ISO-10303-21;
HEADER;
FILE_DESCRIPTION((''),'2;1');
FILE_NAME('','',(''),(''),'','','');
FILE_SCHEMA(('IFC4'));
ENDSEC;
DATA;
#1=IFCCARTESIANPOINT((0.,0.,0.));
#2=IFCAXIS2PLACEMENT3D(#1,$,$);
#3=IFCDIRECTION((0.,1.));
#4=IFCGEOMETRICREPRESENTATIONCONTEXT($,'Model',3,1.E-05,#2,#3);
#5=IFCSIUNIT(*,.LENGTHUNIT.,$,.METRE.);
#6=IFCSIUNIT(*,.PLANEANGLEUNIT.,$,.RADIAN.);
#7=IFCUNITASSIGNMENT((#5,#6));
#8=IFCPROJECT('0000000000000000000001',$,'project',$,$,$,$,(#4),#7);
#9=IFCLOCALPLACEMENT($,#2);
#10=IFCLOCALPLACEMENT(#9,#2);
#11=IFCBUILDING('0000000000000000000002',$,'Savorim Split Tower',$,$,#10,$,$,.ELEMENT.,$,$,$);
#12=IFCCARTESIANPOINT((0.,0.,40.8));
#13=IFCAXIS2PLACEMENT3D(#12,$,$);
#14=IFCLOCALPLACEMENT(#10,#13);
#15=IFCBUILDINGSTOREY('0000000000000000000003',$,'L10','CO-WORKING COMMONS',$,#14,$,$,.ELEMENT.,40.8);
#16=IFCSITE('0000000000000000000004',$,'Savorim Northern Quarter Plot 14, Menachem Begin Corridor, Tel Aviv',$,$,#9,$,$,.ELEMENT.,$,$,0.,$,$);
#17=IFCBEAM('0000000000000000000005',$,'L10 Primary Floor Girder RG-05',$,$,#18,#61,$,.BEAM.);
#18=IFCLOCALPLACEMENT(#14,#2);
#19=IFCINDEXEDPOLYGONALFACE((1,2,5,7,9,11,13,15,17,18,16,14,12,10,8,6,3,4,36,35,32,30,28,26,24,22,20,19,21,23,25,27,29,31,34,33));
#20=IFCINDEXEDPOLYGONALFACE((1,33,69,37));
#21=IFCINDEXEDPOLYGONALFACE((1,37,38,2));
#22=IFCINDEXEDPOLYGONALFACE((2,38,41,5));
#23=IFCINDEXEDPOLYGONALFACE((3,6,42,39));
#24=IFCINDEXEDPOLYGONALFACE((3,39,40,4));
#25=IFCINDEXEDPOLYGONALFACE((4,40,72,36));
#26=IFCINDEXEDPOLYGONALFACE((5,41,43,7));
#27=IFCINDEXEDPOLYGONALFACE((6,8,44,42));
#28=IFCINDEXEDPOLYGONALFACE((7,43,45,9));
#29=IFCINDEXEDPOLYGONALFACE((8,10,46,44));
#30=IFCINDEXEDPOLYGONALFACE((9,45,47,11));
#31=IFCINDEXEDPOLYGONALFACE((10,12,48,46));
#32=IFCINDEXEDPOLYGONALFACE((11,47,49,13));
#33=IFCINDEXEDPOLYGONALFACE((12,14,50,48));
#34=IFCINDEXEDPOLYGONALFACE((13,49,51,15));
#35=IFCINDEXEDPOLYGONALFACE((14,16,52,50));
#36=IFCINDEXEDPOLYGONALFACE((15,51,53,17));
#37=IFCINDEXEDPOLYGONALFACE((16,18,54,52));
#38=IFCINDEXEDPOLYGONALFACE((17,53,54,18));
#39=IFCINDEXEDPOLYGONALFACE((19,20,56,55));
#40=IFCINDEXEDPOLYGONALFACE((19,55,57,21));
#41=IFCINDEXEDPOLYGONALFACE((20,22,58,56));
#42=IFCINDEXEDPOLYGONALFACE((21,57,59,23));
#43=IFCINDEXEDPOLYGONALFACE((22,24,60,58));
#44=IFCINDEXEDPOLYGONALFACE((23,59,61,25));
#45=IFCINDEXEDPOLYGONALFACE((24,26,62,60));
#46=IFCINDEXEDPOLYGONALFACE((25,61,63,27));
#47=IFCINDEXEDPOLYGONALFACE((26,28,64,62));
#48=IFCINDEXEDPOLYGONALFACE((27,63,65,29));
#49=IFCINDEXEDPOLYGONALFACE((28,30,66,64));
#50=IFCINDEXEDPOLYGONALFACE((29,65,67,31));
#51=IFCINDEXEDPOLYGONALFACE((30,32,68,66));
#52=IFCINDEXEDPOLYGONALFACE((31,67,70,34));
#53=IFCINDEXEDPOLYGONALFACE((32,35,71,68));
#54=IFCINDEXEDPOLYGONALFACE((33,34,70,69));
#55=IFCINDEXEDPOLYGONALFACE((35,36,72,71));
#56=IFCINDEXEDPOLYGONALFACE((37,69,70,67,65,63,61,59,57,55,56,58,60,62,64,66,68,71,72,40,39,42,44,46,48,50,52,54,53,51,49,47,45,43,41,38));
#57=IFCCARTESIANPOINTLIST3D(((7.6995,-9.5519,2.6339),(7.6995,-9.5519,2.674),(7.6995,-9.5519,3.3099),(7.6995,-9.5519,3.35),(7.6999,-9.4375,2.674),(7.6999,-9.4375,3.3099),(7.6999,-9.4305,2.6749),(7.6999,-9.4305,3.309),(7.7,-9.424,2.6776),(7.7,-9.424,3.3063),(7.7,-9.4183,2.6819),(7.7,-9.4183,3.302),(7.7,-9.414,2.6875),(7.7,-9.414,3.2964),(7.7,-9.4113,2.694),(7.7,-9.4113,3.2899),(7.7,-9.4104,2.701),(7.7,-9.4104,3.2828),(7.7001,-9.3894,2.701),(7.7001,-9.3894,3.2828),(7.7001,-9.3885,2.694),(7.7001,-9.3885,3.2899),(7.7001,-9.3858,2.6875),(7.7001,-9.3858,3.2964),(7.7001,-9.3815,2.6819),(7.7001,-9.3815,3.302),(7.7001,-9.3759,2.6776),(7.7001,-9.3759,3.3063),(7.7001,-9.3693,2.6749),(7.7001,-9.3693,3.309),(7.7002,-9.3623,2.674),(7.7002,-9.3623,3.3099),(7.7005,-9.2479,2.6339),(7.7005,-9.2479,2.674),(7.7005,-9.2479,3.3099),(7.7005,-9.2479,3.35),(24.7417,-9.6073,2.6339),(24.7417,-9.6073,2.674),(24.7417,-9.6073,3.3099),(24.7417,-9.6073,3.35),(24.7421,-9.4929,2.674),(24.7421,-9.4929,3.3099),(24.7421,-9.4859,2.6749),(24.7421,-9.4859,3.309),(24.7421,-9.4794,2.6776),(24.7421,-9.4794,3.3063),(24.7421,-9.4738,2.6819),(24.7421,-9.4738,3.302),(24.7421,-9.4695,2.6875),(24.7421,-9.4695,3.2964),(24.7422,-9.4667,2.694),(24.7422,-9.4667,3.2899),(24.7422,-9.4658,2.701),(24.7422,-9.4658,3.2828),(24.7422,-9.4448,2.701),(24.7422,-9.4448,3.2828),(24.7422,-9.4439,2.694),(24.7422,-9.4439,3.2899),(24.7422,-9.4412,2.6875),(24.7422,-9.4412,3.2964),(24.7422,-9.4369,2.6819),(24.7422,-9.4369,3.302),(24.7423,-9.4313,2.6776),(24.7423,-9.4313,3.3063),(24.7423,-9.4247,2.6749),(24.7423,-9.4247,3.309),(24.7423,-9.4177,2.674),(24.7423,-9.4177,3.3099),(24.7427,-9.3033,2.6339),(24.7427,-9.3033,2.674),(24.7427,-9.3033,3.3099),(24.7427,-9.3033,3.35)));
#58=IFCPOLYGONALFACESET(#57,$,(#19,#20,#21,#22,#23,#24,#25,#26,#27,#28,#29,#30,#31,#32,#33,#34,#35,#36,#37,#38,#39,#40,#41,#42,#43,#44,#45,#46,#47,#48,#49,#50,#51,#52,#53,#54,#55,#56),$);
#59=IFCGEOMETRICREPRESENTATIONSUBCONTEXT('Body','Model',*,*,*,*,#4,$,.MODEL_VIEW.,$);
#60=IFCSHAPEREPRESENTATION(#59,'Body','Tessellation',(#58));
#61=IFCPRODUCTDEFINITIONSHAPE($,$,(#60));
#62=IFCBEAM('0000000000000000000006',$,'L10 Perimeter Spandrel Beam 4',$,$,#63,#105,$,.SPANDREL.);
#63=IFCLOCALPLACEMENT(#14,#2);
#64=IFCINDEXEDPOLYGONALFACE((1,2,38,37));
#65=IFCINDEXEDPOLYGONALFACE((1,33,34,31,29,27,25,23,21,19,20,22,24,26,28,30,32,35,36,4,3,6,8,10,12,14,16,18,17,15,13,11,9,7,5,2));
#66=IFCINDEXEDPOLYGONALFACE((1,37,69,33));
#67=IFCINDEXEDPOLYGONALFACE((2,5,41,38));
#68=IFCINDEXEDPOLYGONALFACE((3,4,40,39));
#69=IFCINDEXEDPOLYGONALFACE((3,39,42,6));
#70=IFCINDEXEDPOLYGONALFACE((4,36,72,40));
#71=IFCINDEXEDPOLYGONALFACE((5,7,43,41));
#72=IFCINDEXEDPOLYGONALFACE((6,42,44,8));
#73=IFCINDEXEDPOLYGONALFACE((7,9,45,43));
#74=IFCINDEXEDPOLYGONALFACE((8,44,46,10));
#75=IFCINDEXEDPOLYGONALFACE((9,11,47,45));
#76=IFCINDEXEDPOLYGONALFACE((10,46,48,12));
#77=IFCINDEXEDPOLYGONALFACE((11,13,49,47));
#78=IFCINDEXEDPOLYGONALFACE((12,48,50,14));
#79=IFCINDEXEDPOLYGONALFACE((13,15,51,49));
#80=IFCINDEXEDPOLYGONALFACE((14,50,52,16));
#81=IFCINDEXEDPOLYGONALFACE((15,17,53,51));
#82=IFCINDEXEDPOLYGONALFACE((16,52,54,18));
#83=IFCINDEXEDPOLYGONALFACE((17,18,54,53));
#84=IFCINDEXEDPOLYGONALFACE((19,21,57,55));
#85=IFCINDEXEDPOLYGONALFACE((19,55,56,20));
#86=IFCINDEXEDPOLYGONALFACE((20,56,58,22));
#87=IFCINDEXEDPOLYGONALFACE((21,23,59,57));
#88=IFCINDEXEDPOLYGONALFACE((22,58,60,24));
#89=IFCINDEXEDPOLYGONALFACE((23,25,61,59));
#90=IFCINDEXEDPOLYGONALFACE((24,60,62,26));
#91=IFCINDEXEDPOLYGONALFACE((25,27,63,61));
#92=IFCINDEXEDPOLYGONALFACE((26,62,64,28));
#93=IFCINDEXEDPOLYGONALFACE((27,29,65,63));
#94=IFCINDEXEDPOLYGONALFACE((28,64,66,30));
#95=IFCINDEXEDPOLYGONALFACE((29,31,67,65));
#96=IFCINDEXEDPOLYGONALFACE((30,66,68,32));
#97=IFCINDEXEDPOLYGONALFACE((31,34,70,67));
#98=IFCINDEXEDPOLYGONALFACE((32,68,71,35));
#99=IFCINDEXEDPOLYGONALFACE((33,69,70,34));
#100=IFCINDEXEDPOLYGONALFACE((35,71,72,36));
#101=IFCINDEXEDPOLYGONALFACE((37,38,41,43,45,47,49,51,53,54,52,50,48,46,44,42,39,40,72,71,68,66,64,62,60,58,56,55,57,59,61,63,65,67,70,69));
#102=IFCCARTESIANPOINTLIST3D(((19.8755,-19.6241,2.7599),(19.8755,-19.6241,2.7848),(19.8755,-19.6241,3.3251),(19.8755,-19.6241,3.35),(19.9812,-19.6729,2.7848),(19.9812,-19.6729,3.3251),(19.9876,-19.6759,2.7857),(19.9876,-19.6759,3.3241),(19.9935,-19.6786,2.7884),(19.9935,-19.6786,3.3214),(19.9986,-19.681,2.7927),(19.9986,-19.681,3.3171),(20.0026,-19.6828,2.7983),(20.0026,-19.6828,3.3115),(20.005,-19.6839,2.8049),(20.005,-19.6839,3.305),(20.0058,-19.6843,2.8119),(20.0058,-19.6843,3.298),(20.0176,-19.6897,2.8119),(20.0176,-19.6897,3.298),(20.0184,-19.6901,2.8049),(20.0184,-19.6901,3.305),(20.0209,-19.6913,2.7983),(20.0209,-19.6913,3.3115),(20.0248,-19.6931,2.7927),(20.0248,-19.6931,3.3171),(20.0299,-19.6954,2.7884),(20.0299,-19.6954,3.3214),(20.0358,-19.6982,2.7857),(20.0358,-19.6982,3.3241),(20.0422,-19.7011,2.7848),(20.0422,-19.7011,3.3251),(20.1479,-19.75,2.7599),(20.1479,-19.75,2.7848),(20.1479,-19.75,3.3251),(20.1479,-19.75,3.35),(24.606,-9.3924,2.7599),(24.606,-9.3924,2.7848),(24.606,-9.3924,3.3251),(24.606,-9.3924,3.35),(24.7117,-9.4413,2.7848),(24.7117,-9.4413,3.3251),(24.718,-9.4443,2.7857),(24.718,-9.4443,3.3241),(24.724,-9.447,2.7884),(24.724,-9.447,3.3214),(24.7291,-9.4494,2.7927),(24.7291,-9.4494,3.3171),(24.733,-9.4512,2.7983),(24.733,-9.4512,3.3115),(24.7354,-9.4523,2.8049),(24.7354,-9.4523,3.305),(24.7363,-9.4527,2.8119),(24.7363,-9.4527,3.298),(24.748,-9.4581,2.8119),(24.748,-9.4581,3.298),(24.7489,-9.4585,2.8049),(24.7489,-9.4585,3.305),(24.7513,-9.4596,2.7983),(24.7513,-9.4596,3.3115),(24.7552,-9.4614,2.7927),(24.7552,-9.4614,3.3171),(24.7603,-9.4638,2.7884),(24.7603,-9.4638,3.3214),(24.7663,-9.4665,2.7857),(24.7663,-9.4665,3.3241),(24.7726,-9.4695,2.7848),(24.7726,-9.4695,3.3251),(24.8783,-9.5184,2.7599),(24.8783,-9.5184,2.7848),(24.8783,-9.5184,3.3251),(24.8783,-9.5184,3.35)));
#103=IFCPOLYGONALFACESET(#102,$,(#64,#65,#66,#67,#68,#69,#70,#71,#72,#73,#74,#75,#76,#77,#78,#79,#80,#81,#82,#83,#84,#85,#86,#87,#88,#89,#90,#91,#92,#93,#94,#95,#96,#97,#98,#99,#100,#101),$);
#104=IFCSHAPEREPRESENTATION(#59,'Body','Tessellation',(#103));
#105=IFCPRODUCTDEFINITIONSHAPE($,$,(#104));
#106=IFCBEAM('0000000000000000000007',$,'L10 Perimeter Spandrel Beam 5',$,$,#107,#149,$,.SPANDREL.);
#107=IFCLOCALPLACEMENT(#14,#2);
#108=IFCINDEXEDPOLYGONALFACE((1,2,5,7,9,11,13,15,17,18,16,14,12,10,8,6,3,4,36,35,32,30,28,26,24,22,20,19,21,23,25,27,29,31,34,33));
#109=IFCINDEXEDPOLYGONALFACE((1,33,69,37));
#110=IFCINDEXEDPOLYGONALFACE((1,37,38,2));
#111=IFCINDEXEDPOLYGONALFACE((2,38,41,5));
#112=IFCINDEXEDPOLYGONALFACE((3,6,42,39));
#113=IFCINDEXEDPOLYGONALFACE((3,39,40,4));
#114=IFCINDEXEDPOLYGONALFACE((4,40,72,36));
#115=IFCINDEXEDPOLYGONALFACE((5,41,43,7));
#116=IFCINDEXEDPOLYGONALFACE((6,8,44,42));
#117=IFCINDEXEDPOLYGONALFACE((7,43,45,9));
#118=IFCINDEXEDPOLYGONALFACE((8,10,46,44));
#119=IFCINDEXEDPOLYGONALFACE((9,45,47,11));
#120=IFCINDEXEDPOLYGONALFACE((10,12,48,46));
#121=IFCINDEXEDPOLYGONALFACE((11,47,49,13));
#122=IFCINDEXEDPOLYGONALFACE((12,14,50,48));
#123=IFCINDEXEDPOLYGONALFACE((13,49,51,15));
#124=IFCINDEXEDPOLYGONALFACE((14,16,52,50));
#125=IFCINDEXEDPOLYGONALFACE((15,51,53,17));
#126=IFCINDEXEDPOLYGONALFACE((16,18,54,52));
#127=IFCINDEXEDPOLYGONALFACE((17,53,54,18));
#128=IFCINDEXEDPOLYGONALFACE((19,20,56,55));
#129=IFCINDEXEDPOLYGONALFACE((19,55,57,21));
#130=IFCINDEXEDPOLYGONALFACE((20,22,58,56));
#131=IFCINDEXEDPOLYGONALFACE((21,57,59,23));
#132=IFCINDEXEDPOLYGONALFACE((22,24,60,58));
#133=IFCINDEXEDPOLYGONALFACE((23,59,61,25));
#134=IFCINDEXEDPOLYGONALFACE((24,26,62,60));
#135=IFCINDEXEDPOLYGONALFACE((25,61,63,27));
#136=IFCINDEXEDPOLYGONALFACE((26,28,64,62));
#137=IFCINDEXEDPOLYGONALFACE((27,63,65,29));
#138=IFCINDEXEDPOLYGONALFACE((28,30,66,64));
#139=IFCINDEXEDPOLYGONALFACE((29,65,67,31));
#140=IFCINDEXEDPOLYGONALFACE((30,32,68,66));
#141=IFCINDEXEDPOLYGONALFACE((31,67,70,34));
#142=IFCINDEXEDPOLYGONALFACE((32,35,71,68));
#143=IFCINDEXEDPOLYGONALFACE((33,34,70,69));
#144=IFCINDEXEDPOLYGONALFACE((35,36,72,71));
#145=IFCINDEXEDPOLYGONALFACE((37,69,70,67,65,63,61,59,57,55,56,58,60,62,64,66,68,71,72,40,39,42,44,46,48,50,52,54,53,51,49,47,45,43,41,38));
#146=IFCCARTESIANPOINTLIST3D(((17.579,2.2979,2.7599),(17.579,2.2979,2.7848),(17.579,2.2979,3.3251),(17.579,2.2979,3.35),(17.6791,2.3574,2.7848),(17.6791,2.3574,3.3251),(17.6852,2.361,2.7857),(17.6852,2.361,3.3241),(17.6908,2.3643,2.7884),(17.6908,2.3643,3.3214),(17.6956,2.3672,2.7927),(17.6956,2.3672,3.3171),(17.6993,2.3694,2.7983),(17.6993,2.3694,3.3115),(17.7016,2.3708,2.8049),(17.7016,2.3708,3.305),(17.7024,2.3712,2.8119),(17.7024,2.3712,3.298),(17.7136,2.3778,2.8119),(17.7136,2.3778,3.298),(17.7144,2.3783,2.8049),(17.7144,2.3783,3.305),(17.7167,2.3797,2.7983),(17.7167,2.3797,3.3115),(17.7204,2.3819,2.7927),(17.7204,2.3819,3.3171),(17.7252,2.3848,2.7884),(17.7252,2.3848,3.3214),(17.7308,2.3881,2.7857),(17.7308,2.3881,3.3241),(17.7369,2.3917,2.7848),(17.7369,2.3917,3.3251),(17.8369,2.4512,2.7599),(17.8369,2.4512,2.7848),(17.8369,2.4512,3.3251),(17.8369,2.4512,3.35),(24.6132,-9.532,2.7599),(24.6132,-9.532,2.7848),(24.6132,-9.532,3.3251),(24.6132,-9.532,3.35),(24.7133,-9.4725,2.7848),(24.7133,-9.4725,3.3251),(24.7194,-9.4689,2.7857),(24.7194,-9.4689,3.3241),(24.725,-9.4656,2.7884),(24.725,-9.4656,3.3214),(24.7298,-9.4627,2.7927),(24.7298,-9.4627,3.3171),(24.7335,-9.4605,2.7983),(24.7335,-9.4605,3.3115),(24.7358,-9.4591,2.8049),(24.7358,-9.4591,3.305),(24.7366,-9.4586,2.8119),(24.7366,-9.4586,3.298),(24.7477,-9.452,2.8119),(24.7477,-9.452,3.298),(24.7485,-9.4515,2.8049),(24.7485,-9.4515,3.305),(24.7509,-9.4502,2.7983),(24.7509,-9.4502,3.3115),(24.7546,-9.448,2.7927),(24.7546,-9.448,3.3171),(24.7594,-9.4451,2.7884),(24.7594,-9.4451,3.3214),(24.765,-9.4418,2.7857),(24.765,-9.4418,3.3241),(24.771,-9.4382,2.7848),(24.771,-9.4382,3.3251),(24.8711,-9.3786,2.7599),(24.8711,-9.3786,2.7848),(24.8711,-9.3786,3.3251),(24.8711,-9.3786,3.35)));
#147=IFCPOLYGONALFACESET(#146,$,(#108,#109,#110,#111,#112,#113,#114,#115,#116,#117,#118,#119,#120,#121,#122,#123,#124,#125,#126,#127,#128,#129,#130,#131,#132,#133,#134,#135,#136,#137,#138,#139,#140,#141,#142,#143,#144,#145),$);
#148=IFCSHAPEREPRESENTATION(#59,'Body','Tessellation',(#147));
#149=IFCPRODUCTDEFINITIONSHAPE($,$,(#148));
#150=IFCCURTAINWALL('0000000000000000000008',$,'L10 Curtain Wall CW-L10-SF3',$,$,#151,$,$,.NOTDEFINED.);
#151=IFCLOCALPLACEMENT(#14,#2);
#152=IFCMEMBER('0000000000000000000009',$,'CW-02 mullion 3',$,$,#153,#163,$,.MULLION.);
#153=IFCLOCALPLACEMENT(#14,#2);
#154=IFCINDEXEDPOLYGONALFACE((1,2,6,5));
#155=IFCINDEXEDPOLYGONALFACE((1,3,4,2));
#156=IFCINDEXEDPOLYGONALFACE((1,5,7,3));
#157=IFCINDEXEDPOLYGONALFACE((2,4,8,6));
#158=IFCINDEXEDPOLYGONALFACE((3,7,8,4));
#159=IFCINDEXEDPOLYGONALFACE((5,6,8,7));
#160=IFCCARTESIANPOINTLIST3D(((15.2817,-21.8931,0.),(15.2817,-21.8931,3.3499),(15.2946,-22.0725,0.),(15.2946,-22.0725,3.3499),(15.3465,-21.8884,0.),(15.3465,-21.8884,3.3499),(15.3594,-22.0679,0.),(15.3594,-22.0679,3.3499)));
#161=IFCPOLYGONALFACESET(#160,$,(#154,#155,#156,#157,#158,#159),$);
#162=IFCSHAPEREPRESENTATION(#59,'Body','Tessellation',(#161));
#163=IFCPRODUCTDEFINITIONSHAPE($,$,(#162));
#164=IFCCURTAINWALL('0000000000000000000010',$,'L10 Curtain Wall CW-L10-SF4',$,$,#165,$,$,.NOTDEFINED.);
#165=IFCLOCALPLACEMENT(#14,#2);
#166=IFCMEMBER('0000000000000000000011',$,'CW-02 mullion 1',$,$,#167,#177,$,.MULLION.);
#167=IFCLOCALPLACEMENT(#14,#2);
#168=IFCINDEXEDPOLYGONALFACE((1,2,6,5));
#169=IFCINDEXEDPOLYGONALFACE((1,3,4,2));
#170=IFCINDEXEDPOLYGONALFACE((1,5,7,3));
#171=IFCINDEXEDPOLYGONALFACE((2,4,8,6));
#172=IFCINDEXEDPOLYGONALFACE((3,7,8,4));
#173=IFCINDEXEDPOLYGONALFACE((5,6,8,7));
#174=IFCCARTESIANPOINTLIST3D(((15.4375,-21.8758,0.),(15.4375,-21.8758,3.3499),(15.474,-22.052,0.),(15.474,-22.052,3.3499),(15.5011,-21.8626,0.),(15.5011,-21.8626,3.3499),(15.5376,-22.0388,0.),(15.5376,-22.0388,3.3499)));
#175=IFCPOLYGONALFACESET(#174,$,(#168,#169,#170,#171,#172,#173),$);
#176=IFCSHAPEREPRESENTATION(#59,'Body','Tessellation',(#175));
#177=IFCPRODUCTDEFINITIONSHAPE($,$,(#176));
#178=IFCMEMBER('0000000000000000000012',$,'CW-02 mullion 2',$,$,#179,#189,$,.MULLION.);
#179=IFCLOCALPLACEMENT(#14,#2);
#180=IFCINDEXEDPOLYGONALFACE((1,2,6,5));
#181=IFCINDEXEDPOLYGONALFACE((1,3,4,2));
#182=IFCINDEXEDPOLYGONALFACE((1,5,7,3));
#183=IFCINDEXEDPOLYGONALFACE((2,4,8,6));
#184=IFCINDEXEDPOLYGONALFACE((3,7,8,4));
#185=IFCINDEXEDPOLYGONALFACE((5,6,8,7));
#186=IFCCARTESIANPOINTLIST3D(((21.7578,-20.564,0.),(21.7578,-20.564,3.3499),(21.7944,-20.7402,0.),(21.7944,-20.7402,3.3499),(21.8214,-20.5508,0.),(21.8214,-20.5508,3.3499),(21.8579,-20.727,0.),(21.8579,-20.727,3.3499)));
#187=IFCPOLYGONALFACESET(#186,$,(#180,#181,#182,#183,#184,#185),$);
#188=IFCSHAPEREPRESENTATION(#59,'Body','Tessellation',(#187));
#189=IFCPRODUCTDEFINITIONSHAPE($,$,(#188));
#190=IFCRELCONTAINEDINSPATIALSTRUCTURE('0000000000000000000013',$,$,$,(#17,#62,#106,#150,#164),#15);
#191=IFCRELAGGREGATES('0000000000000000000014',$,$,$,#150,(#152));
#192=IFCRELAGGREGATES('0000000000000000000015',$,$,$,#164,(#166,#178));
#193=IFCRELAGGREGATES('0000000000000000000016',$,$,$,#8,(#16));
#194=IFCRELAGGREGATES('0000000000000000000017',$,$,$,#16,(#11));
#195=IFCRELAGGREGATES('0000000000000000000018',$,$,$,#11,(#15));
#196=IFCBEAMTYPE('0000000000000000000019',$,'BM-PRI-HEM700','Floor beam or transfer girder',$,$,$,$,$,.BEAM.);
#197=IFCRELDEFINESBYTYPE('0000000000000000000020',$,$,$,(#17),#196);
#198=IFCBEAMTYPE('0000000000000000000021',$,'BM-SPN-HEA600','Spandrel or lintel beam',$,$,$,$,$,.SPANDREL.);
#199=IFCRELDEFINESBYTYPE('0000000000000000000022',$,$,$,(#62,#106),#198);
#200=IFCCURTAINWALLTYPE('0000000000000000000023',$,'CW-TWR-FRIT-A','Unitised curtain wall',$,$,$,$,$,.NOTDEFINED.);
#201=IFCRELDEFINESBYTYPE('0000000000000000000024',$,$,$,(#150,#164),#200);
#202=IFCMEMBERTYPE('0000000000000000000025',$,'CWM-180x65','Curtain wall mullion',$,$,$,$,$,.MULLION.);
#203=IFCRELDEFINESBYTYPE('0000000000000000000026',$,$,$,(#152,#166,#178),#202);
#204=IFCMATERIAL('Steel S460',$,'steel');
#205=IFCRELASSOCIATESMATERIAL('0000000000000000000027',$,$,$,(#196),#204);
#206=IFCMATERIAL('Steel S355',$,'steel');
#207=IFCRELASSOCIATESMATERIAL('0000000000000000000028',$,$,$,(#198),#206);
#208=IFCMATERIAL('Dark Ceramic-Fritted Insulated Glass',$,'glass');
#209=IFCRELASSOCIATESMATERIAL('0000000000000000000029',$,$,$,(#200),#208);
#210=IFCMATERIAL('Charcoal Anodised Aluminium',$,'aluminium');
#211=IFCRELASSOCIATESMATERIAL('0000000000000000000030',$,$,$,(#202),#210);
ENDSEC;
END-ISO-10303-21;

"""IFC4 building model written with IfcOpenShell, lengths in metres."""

from ifc_helpers import new_model, si_unit, direction, frame, origin, origin_2d, place, context, subcontext, project, spatial, rectangle, i_section, extrude, material, material_profile, profile_set, type_object, element, aggregate, save


model = new_model("IFC4")

# Units and contexts
model_context = context("Model", 3, precision=1e-05, world=origin(), true_north=direction((0.0, 1.0)))
body_context = subcontext(model_context, "Body", "Model", "MODEL_VIEW")
ifc_project = project(units=[si_unit("LENGTHUNIT", "METRE"), si_unit("PLANEANGLEUNIT", "RADIAN")], contexts=[model_context])

# Site, building, storey
site_placement = place(None, origin())
site = spatial("IfcSite", under=ifc_project, at=site_placement, Name="Savorim Northern Quarter Plot 14, Menachem Begin Corridor, Tel Aviv", CompositionType="ELEMENT", RefElevation=0.0)
building_placement = place(site_placement, origin())
building = spatial("IfcBuilding", under=site, at=building_placement, Name="Savorim Split Tower", CompositionType="ELEMENT")
storey_placement = place(building_placement, frame((0.0, 0.0, 40.8)))
storey = spatial("IfcBuildingStorey", under=building, at=storey_placement, Name="L10", Description="CO-WORKING COMMONS", CompositionType="ELEMENT", Elevation=40.8)

# Shared definitions
ifc_material_1 = material(Name="Steel S460", Category="steel")

# Beams
ifc_material_2 = material(Name="Steel S355", Category="steel")
ifc_material_profile_1 = material_profile(ifc_material_1, i_section(OverallWidth=0.304, OverallDepth=0.7161, WebThickness=0.021, FlangeThickness=0.04, FilletRadius=0.0271, at=origin_2d()), Name="HE 700 M")
ifc_profile_set_1 = profile_set([ifc_material_profile_1], Name="Steel S460")
beam_type_1 = type_object("IfcBeamType", Name="BM-PRI-HEM700", Description="Floor beam or transfer girder", PredefinedType="BEAM", material=ifc_profile_set_1)
beam_1_placement = place(storey_placement, frame((24.7422, -9.4553, 2.9919), z_axis=(-0.999995, 0.003252, 0.0), x_axis=(-0.003252, -0.999995, 0.0)))
element("IfcBeam", 1, at=beam_1_placement, inside=storey, type_object=beam_type_1, Name="L10 Primary Floor Girder RG-05", PredefinedType="BEAM", context=body_context, shape_type="SweptSolid", body=[
    extrude(i_section(OverallWidth=0.304, OverallDepth=0.7161, WebThickness=0.021, FlangeThickness=0.04, FilletRadius=0.0271, at=origin_2d()), origin(), (0.0, 0.0, 1.0), 17.0422),
])
ifc_material_profile_2 = material_profile(ifc_material_2, i_section(OverallWidth=0.3, OverallDepth=0.5901, WebThickness=0.0129, FlangeThickness=0.0249, FilletRadius=0.0271, at=origin_2d()), Name="HEA 600")
ifc_profile_set_2 = profile_set([ifc_material_profile_2], Name="Steel S355")
beam_type_2 = type_object("IfcBeamType", Name="BM-SPN-HEA600", Description="Spandrel or lintel beam", PredefinedType="SPANDREL", material=ifc_profile_set_2)
beam_2_placement = place(storey_placement, frame((20.0117, -19.687, 3.0549), z_axis=(0.419654, 0.907684, 0.0), x_axis=(-0.907684, 0.419654, 0.0)))
element("IfcBeam", 2, at=beam_2_placement, inside=storey, type_object=beam_type_2, Name="L10 Perimeter Spandrel Beam 4", PredefinedType="SPANDREL", context=body_context, shape_type="SweptSolid", body=[
    extrude(i_section(OverallWidth=0.3, OverallDepth=0.5901, WebThickness=0.0129, FlangeThickness=0.0249, FilletRadius=0.0271, at=origin_2d()), origin(), (0.0, 0.0, 1.0), 11.2722),
])
beam_3_placement = place(storey_placement, frame((24.7422, -9.4553, 3.0549), z_axis=(-0.511087, 0.859529, 0.0), x_axis=(-0.859529, -0.511087, 0.0)))
element("IfcBeam", 3, at=beam_3_placement, inside=storey, type_object=beam_type_2, Name="L10 Perimeter Spandrel Beam 5", PredefinedType="SPANDREL", context=body_context, shape_type="SweptSolid", body=[
    extrude(i_section(OverallWidth=0.3, OverallDepth=0.5901, WebThickness=0.0129, FlangeThickness=0.0249, FilletRadius=0.0271, at=origin_2d()), origin(), (0.0, 0.0, 1.0), 13.7632),
])

# Curtain wall, member
ifc_material_3 = material(Name="Dark Ceramic-Fritted Insulated Glass", Category="glass")
curtain_wall_type = type_object("IfcCurtainWallType", Name="CW-TWR-FRIT-A", Description="Unitised curtain wall", PredefinedType="NOTDEFINED", material=ifc_material_3)
curtain_wall_1_placement = place(storey_placement, origin())
curtain_wall_1 = element("IfcCurtainWall", 4, at=curtain_wall_1_placement, inside=storey, type_object=curtain_wall_type, Name="L10 Curtain Wall CW-L10-SF3", PredefinedType="NOTDEFINED")
ifc_material_4 = material(Name="Charcoal Anodised Aluminium", Category="aluminium")
ifc_material_profile_3 = material_profile(ifc_material_4, rectangle(XDim=0.1799, YDim=0.0649, at=origin_2d()), Name="ALU-M 180x65")
ifc_profile_set_3 = profile_set([ifc_material_profile_3], Name="Charcoal Anodised Aluminium")
member_type_1 = type_object("IfcMemberType", Name="CWM-180x65", Description="Curtain wall mullion", PredefinedType="MULLION", material=ifc_profile_set_3)
member_1_placement = place(storey_placement, frame((15.3206, -21.9805, 0.0), z_axis=(0.0, 0.0, 1.0), x_axis=(-0.07156, 0.997436, 0.0)))
member_1 = element("IfcMember", 5, at=member_1_placement, type_object=member_type_1, Name="CW-02 mullion 3", PredefinedType="MULLION", context=body_context, shape_type="SweptSolid", body=[
    extrude(rectangle(XDim=0.1799, YDim=0.0649, at=origin_2d()), origin(), (0.0, 0.0, 1.0), 3.3499),
])
aggregate(curtain_wall_1, [member_1])

# Curtain wall, members
curtain_wall_2_placement = place(storey_placement, origin())
curtain_wall_2 = element("IfcCurtainWall", 6, at=curtain_wall_2_placement, inside=storey, type_object=curtain_wall_type, Name="L10 Curtain Wall CW-L10-SF4", PredefinedType="NOTDEFINED")
member_2_placement = place(storey_placement, frame((15.4875, -21.9573, 0.0), z_axis=(0.0, 0.0, 1.0), x_axis=(-0.20321, 0.979135, 0.0)))
member_2 = element("IfcMember", 7, at=member_2_placement, type_object=member_type_1, Name="CW-02 mullion 1", PredefinedType="MULLION", context=body_context, shape_type="SweptSolid", body=[
    extrude(rectangle(XDim=0.1799, YDim=0.0649, at=origin_2d()), origin(), (0.0, 0.0, 1.0), 3.3499),
])
member_3_placement = place(storey_placement, frame((21.8079, -20.6455, 0.0), z_axis=(0.0, 0.0, 1.0), x_axis=(-0.20321, 0.979135, 0.0)))
member_3 = element("IfcMember", 8, at=member_3_placement, type_object=member_type_1, Name="CW-02 mullion 2", PredefinedType="MULLION", context=body_context, shape_type="SweptSolid", body=[
    extrude(rectangle(XDim=0.1799, YDim=0.0649, at=origin_2d()), origin(), (0.0, 0.0, 1.0), 3.3499),
])

aggregate(curtain_wall_2, [member_2, member_3])

save(model, "model.ifc")
